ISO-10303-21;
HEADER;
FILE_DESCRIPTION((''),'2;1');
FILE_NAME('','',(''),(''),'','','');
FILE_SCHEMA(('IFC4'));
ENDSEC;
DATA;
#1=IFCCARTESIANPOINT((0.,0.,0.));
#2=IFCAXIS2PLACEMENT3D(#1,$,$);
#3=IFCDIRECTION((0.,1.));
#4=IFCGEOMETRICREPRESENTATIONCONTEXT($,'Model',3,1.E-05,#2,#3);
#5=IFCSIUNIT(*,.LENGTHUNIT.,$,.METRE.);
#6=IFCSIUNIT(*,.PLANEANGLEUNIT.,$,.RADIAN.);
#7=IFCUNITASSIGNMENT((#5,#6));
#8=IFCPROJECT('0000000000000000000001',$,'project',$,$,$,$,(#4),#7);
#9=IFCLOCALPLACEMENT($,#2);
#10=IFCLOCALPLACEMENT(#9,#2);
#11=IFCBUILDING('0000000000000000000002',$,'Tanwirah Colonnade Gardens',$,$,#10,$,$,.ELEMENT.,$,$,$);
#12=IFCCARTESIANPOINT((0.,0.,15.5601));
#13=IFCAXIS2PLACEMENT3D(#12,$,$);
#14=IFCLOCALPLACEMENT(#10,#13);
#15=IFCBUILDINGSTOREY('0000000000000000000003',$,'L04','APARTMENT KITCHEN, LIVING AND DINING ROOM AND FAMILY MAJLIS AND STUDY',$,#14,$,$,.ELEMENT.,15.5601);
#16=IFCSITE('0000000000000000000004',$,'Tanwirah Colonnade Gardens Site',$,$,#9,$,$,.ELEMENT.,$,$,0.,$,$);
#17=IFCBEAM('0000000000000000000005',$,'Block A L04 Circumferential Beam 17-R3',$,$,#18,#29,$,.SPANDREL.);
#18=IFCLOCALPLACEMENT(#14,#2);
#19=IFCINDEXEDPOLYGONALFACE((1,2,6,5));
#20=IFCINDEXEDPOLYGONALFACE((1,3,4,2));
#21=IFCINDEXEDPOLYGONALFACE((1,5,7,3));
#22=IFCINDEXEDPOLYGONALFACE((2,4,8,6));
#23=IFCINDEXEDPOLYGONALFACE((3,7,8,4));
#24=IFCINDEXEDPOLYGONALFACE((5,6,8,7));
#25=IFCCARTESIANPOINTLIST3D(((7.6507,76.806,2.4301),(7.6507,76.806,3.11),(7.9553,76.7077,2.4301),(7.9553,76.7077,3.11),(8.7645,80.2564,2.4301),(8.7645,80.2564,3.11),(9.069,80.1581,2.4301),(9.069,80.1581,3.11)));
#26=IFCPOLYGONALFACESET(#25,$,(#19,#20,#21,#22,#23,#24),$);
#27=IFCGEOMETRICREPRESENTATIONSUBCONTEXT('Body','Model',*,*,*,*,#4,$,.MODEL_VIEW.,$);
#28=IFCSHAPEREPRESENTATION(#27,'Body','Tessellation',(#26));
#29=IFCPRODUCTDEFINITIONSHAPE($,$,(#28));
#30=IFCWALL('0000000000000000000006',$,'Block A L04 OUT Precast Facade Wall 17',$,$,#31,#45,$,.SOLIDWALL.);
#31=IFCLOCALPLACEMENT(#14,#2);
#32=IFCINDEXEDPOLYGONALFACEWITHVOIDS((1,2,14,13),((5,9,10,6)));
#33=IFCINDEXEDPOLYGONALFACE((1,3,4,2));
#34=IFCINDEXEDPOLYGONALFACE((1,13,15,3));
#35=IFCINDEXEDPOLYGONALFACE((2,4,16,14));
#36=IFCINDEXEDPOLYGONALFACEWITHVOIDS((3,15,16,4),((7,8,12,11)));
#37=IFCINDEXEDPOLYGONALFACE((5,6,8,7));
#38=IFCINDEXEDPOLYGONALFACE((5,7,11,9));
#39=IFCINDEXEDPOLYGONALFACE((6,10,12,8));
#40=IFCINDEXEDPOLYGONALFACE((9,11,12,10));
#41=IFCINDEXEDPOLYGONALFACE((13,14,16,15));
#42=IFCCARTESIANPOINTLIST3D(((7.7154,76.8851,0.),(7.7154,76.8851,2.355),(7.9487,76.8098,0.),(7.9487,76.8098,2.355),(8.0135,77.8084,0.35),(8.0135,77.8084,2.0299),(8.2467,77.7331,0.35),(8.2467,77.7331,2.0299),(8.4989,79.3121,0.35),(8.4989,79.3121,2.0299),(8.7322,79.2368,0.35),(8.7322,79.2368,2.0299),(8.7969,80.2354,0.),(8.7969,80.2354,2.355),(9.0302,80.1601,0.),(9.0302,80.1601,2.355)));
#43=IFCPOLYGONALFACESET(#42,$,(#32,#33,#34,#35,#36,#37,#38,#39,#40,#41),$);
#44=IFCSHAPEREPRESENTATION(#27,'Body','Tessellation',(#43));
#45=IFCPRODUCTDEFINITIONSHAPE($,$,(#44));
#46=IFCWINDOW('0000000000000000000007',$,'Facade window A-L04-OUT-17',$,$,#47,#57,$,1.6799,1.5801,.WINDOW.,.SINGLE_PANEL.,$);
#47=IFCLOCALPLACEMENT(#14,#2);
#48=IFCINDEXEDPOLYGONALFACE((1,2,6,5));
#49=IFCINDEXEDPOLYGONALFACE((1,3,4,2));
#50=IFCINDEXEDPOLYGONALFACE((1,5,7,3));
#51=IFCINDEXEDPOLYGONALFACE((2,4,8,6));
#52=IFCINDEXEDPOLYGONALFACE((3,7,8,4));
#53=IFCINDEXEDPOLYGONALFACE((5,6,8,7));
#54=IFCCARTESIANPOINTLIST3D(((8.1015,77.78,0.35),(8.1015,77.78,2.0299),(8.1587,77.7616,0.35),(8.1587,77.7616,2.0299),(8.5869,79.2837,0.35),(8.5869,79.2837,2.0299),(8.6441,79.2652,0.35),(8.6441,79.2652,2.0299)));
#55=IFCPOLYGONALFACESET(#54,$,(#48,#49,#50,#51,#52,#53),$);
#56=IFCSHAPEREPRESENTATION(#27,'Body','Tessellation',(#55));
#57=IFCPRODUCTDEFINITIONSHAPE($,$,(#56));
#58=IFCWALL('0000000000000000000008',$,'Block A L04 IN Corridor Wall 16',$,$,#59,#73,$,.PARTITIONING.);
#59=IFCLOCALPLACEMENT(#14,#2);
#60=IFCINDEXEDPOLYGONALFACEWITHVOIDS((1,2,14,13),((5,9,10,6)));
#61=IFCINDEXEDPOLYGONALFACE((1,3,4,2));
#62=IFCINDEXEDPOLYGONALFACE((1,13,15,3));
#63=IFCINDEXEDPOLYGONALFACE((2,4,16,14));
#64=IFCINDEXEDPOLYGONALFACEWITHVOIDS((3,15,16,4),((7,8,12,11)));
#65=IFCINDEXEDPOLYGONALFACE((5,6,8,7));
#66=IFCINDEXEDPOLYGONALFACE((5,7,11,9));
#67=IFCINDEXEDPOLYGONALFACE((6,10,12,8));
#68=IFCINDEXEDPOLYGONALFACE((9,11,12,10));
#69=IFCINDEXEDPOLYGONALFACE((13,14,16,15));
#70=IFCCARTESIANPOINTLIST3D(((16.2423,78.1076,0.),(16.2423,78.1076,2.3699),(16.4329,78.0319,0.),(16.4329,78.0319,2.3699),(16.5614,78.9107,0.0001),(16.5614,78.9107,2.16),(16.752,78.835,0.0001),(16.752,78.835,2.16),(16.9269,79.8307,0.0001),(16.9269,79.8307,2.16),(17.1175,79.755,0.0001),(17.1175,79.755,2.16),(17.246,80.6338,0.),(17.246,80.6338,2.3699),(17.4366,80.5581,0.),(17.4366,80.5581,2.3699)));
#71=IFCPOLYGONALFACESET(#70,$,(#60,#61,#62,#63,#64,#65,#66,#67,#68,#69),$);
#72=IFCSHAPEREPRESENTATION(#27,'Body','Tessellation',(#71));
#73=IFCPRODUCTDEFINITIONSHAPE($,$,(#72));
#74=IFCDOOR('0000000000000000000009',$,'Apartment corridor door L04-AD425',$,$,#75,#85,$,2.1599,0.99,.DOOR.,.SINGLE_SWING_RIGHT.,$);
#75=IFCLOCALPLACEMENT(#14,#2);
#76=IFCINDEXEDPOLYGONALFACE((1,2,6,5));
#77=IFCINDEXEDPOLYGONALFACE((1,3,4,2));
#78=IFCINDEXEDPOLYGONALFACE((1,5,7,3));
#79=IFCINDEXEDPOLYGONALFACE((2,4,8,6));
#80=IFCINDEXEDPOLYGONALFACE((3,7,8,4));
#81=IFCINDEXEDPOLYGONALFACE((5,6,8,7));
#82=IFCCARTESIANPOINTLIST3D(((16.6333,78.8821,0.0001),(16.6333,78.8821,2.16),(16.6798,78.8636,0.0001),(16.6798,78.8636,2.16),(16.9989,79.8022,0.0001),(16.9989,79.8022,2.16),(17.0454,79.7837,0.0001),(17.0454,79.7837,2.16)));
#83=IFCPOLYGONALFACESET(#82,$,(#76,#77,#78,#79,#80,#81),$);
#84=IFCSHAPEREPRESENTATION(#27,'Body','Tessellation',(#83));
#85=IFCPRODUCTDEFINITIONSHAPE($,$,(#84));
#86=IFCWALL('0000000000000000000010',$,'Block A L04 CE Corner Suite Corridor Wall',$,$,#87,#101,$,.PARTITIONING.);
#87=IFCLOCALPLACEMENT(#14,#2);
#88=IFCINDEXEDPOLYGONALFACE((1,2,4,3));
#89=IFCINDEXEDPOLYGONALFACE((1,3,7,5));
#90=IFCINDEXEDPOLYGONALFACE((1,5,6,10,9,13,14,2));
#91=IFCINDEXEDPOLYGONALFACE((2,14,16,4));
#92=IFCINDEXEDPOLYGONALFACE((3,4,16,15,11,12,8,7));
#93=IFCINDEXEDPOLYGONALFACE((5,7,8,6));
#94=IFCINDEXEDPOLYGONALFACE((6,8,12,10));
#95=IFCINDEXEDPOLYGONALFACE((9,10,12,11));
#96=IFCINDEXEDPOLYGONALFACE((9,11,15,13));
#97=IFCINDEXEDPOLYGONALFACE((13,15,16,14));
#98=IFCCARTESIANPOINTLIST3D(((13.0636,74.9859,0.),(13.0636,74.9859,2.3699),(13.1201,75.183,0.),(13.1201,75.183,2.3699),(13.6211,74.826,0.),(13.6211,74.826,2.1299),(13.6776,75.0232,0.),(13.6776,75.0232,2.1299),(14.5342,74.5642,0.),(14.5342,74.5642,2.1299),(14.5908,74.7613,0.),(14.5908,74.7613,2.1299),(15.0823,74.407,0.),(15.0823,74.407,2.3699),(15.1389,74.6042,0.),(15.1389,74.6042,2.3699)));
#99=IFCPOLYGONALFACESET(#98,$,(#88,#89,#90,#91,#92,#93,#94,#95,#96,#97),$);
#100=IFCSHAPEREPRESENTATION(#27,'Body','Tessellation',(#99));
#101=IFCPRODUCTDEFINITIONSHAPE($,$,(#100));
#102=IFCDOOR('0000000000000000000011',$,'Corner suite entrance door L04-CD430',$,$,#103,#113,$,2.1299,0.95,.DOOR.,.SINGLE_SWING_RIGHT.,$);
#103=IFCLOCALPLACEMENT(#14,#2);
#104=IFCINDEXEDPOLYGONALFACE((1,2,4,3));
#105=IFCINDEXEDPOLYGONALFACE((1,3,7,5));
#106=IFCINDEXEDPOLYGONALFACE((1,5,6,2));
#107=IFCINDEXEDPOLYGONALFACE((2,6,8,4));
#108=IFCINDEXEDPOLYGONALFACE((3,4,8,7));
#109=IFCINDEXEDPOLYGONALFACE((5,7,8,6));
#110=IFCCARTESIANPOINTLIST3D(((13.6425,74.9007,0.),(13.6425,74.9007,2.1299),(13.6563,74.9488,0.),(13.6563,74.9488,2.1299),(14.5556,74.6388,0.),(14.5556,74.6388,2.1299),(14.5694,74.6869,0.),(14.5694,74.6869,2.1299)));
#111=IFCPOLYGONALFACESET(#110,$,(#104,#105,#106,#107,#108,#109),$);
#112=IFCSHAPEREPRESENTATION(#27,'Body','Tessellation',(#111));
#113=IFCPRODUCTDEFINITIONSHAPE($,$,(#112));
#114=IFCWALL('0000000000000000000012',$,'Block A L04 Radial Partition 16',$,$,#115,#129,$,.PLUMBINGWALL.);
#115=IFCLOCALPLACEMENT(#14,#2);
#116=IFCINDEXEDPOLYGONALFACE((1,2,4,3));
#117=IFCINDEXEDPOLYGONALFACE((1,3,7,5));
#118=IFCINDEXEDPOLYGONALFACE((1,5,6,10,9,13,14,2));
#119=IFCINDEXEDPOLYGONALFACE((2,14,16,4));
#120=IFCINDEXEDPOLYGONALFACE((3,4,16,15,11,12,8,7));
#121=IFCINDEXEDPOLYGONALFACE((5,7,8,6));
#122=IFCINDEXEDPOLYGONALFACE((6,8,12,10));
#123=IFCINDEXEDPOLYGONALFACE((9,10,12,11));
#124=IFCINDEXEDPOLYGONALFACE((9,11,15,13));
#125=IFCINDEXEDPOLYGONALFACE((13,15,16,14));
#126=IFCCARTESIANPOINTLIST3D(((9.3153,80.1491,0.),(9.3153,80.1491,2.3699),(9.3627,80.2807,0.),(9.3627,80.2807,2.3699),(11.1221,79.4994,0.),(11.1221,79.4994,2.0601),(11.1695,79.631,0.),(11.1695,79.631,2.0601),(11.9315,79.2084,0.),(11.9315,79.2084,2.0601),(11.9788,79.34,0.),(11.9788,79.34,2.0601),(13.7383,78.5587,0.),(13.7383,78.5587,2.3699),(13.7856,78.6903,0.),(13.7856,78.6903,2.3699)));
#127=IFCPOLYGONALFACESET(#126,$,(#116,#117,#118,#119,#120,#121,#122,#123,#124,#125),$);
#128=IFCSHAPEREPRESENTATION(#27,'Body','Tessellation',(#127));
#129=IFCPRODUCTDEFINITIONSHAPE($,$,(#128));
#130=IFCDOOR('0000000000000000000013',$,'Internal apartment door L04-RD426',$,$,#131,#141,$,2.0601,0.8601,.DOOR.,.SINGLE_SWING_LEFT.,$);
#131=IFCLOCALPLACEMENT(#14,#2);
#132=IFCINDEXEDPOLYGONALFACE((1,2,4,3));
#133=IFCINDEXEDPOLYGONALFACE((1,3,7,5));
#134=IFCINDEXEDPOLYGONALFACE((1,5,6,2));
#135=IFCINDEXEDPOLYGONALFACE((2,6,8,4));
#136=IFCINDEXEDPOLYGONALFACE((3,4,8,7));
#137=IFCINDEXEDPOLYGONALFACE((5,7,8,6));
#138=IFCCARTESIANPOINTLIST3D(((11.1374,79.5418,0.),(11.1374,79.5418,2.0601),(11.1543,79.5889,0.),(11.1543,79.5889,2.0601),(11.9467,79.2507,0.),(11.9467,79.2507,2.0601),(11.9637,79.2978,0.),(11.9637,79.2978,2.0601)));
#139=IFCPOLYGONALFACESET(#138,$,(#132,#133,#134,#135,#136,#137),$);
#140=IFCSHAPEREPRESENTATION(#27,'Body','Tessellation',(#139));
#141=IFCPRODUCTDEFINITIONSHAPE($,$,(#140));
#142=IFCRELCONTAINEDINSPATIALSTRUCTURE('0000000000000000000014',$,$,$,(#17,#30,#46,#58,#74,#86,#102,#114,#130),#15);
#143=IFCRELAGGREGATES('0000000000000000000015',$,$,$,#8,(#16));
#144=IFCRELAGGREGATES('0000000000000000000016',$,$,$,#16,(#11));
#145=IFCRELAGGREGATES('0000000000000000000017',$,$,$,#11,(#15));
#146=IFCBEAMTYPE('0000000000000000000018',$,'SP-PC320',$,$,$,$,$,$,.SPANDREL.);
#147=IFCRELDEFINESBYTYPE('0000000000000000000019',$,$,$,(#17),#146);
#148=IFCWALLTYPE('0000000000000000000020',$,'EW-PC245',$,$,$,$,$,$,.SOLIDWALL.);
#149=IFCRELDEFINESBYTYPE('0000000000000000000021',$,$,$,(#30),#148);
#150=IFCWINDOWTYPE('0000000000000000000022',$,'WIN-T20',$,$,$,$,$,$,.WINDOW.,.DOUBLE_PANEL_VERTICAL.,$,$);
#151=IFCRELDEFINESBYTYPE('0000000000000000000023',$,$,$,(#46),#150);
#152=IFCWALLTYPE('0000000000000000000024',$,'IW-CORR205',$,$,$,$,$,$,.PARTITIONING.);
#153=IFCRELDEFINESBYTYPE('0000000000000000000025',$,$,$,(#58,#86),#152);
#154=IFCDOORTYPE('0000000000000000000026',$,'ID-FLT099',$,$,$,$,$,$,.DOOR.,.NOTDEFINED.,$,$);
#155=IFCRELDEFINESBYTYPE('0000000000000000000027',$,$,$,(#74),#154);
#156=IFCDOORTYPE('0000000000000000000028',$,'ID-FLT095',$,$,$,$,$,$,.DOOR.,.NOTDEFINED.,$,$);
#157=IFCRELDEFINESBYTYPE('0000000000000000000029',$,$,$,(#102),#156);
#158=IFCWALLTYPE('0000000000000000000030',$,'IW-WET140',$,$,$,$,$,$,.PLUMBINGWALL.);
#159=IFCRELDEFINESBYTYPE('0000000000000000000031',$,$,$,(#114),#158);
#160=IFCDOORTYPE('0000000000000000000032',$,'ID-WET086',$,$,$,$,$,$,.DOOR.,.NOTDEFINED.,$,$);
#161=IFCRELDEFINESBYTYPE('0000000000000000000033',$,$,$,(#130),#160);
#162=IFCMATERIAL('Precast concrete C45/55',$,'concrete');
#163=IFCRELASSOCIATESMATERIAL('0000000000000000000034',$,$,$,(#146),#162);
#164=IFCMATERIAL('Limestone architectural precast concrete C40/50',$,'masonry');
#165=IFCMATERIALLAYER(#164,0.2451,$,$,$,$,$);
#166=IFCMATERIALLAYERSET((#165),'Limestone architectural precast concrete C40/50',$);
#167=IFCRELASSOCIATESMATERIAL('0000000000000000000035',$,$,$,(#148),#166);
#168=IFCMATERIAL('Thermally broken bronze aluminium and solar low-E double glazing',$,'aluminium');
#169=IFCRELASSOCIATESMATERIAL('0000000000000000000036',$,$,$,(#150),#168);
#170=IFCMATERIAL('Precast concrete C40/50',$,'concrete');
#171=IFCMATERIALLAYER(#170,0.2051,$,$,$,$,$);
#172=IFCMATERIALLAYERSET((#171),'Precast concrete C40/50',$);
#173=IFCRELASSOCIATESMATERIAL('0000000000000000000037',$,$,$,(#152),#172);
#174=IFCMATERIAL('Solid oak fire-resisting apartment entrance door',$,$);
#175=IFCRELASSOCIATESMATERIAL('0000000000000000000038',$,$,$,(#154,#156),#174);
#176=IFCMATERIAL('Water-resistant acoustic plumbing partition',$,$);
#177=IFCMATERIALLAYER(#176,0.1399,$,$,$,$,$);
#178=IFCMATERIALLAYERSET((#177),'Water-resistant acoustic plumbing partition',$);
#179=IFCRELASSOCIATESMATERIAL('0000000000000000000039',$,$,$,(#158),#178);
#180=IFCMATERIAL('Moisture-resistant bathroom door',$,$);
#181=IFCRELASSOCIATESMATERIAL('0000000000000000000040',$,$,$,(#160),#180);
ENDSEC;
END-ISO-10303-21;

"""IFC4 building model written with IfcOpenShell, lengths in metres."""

from ifc_helpers import new_model, si_unit, direction, frame, frame_2d, origin, origin_2d, place, context, subcontext, project, spatial, rectangle, extrude, material, layer, layer_set, material_profile, profile_set, type_object, element, fill, save


model = new_model("IFC4")

# Units and contexts
model_context = context("Model", 3, precision=1e-05, world=origin(), true_north=direction((0.0, 1.0)))
body_context = subcontext(model_context, "Body", "Model", "MODEL_VIEW")
ifc_project = project(units=[si_unit("LENGTHUNIT", "METRE"), si_unit("PLANEANGLEUNIT", "RADIAN")], contexts=[model_context])

# Site, building, storey
site_placement = place(None, origin())
site = spatial("IfcSite", under=ifc_project, at=site_placement, Name="Tanwirah Colonnade Gardens Site", CompositionType="ELEMENT", RefElevation=0.0)
building_placement = place(site_placement, origin())
building = spatial("IfcBuilding", under=site, at=building_placement, Name="Tanwirah Colonnade Gardens", CompositionType="ELEMENT")
storey_placement = place(building_placement, frame((0.0, 0.0, 15.5601)))
storey = spatial("IfcBuildingStorey", under=building, at=storey_placement, Name="L04", Description="APARTMENT KITCHEN, LIVING AND DINING ROOM AND FAMILY MAJLIS AND STUDY", CompositionType="ELEMENT", Elevation=15.5601)

# Shared definitions
ifc_material_1 = material(Name="Precast concrete C45/55", Category="concrete")
ifc_material_2 = material(Name="Precast concrete C40/50", Category="concrete")

# Beam
ifc_material_profile_1 = material_profile(ifc_material_1, rectangle(XDim=0.3201, YDim=0.6799, at=origin_2d()), Name="PC-SP 320x680")
ifc_profile_set_1 = profile_set([ifc_material_profile_1], Name="Precast concrete C45/55")
beam_type_1 = type_object("IfcBeamType", Name="SP-PC320", PredefinedType="SPANDREL", material=ifc_profile_set_1)
beam_1_placement = place(storey_placement, frame((8.9167, 80.2073, 2.77), z_axis=(-0.307184, -0.95165, 0.0), x_axis=(0.95165, -0.307184, 0.0)))
element("IfcBeam", 1, at=beam_1_placement, inside=storey, type_object=beam_type_1, Name="Block A L04 Circumferential Beam 17-R3", PredefinedType="SPANDREL", context=body_context, shape_type="SweptSolid", body=[
    extrude(rectangle(XDim=0.3201, YDim=0.6799, at=origin_2d()), origin(), (0.0, 0.0, 1.0), 3.6257),
])

# Wall, opening, window
ifc_material_3 = material(Name="Limestone architectural precast concrete C40/50", Category="masonry")
ifc_layer_1 = layer(ifc_material_3, 0.2451)
ifc_layer_set_1 = layer_set([ifc_layer_1], Name="Limestone architectural precast concrete C40/50")
wall_type_1 = type_object("IfcWallType", Name="EW-PC245", PredefinedType="SOLIDWALL", material=ifc_layer_set_1)
wall_1_placement = place(storey_placement, frame((8.9136, 80.1978, 0.0), z_axis=(0.0, 0.0, 1.0), x_axis=(-0.307205, -0.951643, 0.0)))
wall_1 = element("IfcWall", 2, at=wall_1_placement, inside=storey, type_object=wall_type_1, Name="Block A L04 OUT Precast Facade Wall 17", PredefinedType="SOLIDWALL", context=body_context, shape_type="SweptSolid", body=[
    extrude(rectangle(XDim=3.5205, YDim=0.2451, at=frame_2d((1.7603, 0.0))), origin(), (0.0, 0.0, 1.0), 2.355),
])
opening_1_placement = place(wall_1_placement, frame((0.9702, 0.0, 0.3501)))
opening_1 = element("IfcOpeningElement", 3, at=opening_1_placement, cuts=wall_1, PredefinedType="OPENING", context=body_context, shape_type="SweptSolid", body=[
    extrude(rectangle(XDim=1.5801, YDim=1.6799, at=frame_2d((0.79, 0.8398))), frame((0.0, 0.1326, 0.0), z_axis=(0.0, -1.0, 0.0), x_axis=(1.0, 0.0, 0.0)), (0.0, 0.0, 1.0), 0.2651),
])
ifc_material_4 = material(Name="Thermally broken bronze aluminium and solar low-E double glazing", Category="aluminium")
window_type = type_object("IfcWindowType", Name="WIN-T20", PartitioningType="DOUBLE_PANEL_VERTICAL", PredefinedType="WINDOW", material=ifc_material_4)
window_placement = place(opening_1_placement, origin())
window = element("IfcWindow", 4, at=window_placement, inside=storey, type_object=window_type, Name="Facade window A-L04-OUT-17", OverallHeight=1.6799, OverallWidth=1.5801, PartitioningType="SINGLE_PANEL", PredefinedType="WINDOW", context=body_context, shape_type="SweptSolid", body=[
    extrude(rectangle(XDim=1.5801, YDim=1.6799, at=frame_2d((0.79, 0.8398))), frame((0.0, 0.03, 0.0), z_axis=(0.0, -1.0, 0.0), x_axis=(1.0, 0.0, 0.0)), (0.0, 0.0, 1.0), 0.0601),
])
fill(opening_1, window)

# Walls, openings, doors
ifc_layer_2 = layer(ifc_material_2, 0.2051)
ifc_layer_set_2 = layer_set([ifc_layer_2], Name="Precast concrete C40/50")
wall_type_2 = type_object("IfcWallType", Name="IW-CORR205", PredefinedType="PARTITIONING", material=ifc_layer_set_2)
wall_2_placement = place(storey_placement, frame((17.3413, 80.5959, 0.0), z_axis=(0.0, 0.0, 1.0), x_axis=(-0.369237, -0.929335, 0.0)))
wall_2 = element("IfcWall", 5, at=wall_2_placement, inside=storey, type_object=wall_type_2, Name="Block A L04 IN Corridor Wall 16", PredefinedType="PARTITIONING", context=body_context, shape_type="SweptSolid", body=[
    extrude(rectangle(XDim=2.7183, YDim=0.2051, at=frame_2d((1.3591, 0.0))), origin(), (0.0, 0.0, 1.0), 2.3699),
])
opening_2_placement = place(wall_2_placement, frame((0.864, 0.0, 0.0)))
opening_2 = element("IfcOpeningElement", 6, at=opening_2_placement, cuts=wall_2, PredefinedType="OPENING", context=body_context, shape_type="SweptSolid", body=[
    extrude(rectangle(XDim=0.99, YDim=2.1599, at=frame_2d((0.4951, 1.0801))), frame((0.0, 0.1125, 0.0), z_axis=(0.0, -1.0, 0.0), x_axis=(1.0, 0.0, 0.0)), (0.0, 0.0, 1.0), 0.2251),
])
ifc_material_5 = material(Name="Solid oak fire-resisting apartment entrance door")
door_type_1 = type_object("IfcDoorType", Name="ID-FLT099", OperationType="NOTDEFINED", PredefinedType="DOOR", material=ifc_material_5)
door_1_placement = place(opening_2_placement, origin())
door_1 = element("IfcDoor", 7, at=door_1_placement, inside=storey, type_object=door_type_1, Name="Apartment corridor door L04-AD425", OperationType="SINGLE_SWING_RIGHT", OverallHeight=2.1599, OverallWidth=0.99, PredefinedType="DOOR", context=body_context, shape_type="SweptSolid", body=[
    extrude(rectangle(XDim=0.99, YDim=2.1599, at=frame_2d((0.4951, 1.0801))), frame((0.0, 0.0249, 0.0), z_axis=(0.0, -1.0, 0.0), x_axis=(1.0, 0.0, 0.0)), (0.0, 0.0, 1.0), 0.05),
])
fill(opening_2, door_1)
wall_3_placement = place(storey_placement, frame((15.1106, 74.5056, 0.0), z_axis=(0.0, 0.0, 1.0), x_axis=(-0.961265, 0.275627, 0.0)))
wall_3 = element("IfcWall", 8, at=wall_3_placement, inside=storey, type_object=wall_type_2, Name="Block A L04 CE Corner Suite Corridor Wall", PredefinedType="PARTITIONING", context=body_context, shape_type="SweptSolid", body=[
    extrude(rectangle(XDim=2.1001, YDim=0.2051, at=frame_2d((1.05, 0.0))), origin(), (0.0, 0.0, 1.0), 2.3699),
])
opening_3_placement = place(wall_3_placement, frame((0.5701, 0.0, 0.0)))
opening_3 = element("IfcOpeningElement", 9, at=opening_3_placement, cuts=wall_3, PredefinedType="OPENING", context=body_context, shape_type="SweptSolid", body=[
    extrude(rectangle(XDim=0.95, YDim=2.1299, at=frame_2d((0.4751, 1.0649))), frame((0.0, 0.1125, 0.0), z_axis=(0.0, -1.0, 0.0), x_axis=(1.0, 0.0, 0.0)), (0.0, 0.0, 1.0), 0.2251),
])
door_type_2 = type_object("IfcDoorType", Name="ID-FLT095", OperationType="NOTDEFINED", PredefinedType="DOOR", material=ifc_material_5)
door_2_placement = place(opening_3_placement, origin())
door_2 = element("IfcDoor", 10, at=door_2_placement, inside=storey, type_object=door_type_2, Name="Corner suite entrance door L04-CD430", OperationType="SINGLE_SWING_RIGHT", OverallHeight=2.1299, OverallWidth=0.95, PredefinedType="DOOR", context=body_context, shape_type="SweptSolid", body=[
    extrude(rectangle(XDim=0.95, YDim=2.1299, at=frame_2d((0.4751, 1.0649))), frame((0.0, 0.0249, 0.0), z_axis=(0.0, -1.0, 0.0), x_axis=(1.0, 0.0, 0.0)), (0.0, 0.0, 1.0), 0.05),
])
fill(opening_3, door_2)
ifc_material_6 = material(Name="Water-resistant acoustic plumbing partition")
ifc_layer_3 = layer(ifc_material_6, 0.1399)
ifc_layer_set_3 = layer_set([ifc_layer_3], Name="Water-resistant acoustic plumbing partition")
wall_type_3 = type_object("IfcWallType", Name="IW-WET140", PredefinedType="PLUMBINGWALL", material=ifc_layer_set_3)
wall_4_placement = place(storey_placement, frame((13.762, 78.6245, 0.0), z_axis=(0.0, 0.0, 1.0), x_axis=(-0.941016, 0.338363, 0.0)))
wall_4 = element("IfcWall", 11, at=wall_4_placement, inside=storey, type_object=wall_type_3, Name="Block A L04 Radial Partition 16", PredefinedType="PLUMBINGWALL", context=body_context, shape_type="SweptSolid", body=[
    extrude(rectangle(XDim=4.7002, YDim=0.1399, at=frame_2d((2.3501, 0.0))), origin(), (0.0, 0.0, 1.0), 2.3699),
])
opening_4_placement = place(wall_4_placement, frame((1.9199, 0.0, 0.0)))
opening_4 = element("IfcOpeningElement", 12, at=opening_4_placement, cuts=wall_4, PredefinedType="OPENING", context=body_context, shape_type="SweptSolid", body=[
    extrude(rectangle(XDim=0.8601, YDim=2.0601, at=frame_2d((0.4302, 1.03))), frame((0.0, 0.0798, 0.0), z_axis=(0.0, -1.0, 0.0), x_axis=(1.0, 0.0, 0.0)), (0.0, 0.0, 1.0), 0.1599),
])
ifc_material_7 = material(Name="Moisture-resistant bathroom door")
door_type_3 = type_object("IfcDoorType", Name="ID-WET086", OperationType="NOTDEFINED", PredefinedType="DOOR", material=ifc_material_7)
door_3_placement = place(opening_4_placement, origin())
door_3 = element("IfcDoor", 13, at=door_3_placement, inside=storey, type_object=door_type_3, Name="Internal apartment door L04-RD426", OperationType="SINGLE_SWING_LEFT", OverallHeight=2.0601, OverallWidth=0.8601, PredefinedType="DOOR", context=body_context, shape_type="SweptSolid", body=[
    extrude(rectangle(XDim=0.8601, YDim=2.0601, at=frame_2d((0.4302, 1.03))), frame((0.0, 0.0249, 0.0), z_axis=(0.0, -1.0, 0.0), x_axis=(1.0, 0.0, 0.0)), (0.0, 0.0, 1.0), 0.05),
])
fill(opening_4, door_3)

save(model, "model.ifc")
